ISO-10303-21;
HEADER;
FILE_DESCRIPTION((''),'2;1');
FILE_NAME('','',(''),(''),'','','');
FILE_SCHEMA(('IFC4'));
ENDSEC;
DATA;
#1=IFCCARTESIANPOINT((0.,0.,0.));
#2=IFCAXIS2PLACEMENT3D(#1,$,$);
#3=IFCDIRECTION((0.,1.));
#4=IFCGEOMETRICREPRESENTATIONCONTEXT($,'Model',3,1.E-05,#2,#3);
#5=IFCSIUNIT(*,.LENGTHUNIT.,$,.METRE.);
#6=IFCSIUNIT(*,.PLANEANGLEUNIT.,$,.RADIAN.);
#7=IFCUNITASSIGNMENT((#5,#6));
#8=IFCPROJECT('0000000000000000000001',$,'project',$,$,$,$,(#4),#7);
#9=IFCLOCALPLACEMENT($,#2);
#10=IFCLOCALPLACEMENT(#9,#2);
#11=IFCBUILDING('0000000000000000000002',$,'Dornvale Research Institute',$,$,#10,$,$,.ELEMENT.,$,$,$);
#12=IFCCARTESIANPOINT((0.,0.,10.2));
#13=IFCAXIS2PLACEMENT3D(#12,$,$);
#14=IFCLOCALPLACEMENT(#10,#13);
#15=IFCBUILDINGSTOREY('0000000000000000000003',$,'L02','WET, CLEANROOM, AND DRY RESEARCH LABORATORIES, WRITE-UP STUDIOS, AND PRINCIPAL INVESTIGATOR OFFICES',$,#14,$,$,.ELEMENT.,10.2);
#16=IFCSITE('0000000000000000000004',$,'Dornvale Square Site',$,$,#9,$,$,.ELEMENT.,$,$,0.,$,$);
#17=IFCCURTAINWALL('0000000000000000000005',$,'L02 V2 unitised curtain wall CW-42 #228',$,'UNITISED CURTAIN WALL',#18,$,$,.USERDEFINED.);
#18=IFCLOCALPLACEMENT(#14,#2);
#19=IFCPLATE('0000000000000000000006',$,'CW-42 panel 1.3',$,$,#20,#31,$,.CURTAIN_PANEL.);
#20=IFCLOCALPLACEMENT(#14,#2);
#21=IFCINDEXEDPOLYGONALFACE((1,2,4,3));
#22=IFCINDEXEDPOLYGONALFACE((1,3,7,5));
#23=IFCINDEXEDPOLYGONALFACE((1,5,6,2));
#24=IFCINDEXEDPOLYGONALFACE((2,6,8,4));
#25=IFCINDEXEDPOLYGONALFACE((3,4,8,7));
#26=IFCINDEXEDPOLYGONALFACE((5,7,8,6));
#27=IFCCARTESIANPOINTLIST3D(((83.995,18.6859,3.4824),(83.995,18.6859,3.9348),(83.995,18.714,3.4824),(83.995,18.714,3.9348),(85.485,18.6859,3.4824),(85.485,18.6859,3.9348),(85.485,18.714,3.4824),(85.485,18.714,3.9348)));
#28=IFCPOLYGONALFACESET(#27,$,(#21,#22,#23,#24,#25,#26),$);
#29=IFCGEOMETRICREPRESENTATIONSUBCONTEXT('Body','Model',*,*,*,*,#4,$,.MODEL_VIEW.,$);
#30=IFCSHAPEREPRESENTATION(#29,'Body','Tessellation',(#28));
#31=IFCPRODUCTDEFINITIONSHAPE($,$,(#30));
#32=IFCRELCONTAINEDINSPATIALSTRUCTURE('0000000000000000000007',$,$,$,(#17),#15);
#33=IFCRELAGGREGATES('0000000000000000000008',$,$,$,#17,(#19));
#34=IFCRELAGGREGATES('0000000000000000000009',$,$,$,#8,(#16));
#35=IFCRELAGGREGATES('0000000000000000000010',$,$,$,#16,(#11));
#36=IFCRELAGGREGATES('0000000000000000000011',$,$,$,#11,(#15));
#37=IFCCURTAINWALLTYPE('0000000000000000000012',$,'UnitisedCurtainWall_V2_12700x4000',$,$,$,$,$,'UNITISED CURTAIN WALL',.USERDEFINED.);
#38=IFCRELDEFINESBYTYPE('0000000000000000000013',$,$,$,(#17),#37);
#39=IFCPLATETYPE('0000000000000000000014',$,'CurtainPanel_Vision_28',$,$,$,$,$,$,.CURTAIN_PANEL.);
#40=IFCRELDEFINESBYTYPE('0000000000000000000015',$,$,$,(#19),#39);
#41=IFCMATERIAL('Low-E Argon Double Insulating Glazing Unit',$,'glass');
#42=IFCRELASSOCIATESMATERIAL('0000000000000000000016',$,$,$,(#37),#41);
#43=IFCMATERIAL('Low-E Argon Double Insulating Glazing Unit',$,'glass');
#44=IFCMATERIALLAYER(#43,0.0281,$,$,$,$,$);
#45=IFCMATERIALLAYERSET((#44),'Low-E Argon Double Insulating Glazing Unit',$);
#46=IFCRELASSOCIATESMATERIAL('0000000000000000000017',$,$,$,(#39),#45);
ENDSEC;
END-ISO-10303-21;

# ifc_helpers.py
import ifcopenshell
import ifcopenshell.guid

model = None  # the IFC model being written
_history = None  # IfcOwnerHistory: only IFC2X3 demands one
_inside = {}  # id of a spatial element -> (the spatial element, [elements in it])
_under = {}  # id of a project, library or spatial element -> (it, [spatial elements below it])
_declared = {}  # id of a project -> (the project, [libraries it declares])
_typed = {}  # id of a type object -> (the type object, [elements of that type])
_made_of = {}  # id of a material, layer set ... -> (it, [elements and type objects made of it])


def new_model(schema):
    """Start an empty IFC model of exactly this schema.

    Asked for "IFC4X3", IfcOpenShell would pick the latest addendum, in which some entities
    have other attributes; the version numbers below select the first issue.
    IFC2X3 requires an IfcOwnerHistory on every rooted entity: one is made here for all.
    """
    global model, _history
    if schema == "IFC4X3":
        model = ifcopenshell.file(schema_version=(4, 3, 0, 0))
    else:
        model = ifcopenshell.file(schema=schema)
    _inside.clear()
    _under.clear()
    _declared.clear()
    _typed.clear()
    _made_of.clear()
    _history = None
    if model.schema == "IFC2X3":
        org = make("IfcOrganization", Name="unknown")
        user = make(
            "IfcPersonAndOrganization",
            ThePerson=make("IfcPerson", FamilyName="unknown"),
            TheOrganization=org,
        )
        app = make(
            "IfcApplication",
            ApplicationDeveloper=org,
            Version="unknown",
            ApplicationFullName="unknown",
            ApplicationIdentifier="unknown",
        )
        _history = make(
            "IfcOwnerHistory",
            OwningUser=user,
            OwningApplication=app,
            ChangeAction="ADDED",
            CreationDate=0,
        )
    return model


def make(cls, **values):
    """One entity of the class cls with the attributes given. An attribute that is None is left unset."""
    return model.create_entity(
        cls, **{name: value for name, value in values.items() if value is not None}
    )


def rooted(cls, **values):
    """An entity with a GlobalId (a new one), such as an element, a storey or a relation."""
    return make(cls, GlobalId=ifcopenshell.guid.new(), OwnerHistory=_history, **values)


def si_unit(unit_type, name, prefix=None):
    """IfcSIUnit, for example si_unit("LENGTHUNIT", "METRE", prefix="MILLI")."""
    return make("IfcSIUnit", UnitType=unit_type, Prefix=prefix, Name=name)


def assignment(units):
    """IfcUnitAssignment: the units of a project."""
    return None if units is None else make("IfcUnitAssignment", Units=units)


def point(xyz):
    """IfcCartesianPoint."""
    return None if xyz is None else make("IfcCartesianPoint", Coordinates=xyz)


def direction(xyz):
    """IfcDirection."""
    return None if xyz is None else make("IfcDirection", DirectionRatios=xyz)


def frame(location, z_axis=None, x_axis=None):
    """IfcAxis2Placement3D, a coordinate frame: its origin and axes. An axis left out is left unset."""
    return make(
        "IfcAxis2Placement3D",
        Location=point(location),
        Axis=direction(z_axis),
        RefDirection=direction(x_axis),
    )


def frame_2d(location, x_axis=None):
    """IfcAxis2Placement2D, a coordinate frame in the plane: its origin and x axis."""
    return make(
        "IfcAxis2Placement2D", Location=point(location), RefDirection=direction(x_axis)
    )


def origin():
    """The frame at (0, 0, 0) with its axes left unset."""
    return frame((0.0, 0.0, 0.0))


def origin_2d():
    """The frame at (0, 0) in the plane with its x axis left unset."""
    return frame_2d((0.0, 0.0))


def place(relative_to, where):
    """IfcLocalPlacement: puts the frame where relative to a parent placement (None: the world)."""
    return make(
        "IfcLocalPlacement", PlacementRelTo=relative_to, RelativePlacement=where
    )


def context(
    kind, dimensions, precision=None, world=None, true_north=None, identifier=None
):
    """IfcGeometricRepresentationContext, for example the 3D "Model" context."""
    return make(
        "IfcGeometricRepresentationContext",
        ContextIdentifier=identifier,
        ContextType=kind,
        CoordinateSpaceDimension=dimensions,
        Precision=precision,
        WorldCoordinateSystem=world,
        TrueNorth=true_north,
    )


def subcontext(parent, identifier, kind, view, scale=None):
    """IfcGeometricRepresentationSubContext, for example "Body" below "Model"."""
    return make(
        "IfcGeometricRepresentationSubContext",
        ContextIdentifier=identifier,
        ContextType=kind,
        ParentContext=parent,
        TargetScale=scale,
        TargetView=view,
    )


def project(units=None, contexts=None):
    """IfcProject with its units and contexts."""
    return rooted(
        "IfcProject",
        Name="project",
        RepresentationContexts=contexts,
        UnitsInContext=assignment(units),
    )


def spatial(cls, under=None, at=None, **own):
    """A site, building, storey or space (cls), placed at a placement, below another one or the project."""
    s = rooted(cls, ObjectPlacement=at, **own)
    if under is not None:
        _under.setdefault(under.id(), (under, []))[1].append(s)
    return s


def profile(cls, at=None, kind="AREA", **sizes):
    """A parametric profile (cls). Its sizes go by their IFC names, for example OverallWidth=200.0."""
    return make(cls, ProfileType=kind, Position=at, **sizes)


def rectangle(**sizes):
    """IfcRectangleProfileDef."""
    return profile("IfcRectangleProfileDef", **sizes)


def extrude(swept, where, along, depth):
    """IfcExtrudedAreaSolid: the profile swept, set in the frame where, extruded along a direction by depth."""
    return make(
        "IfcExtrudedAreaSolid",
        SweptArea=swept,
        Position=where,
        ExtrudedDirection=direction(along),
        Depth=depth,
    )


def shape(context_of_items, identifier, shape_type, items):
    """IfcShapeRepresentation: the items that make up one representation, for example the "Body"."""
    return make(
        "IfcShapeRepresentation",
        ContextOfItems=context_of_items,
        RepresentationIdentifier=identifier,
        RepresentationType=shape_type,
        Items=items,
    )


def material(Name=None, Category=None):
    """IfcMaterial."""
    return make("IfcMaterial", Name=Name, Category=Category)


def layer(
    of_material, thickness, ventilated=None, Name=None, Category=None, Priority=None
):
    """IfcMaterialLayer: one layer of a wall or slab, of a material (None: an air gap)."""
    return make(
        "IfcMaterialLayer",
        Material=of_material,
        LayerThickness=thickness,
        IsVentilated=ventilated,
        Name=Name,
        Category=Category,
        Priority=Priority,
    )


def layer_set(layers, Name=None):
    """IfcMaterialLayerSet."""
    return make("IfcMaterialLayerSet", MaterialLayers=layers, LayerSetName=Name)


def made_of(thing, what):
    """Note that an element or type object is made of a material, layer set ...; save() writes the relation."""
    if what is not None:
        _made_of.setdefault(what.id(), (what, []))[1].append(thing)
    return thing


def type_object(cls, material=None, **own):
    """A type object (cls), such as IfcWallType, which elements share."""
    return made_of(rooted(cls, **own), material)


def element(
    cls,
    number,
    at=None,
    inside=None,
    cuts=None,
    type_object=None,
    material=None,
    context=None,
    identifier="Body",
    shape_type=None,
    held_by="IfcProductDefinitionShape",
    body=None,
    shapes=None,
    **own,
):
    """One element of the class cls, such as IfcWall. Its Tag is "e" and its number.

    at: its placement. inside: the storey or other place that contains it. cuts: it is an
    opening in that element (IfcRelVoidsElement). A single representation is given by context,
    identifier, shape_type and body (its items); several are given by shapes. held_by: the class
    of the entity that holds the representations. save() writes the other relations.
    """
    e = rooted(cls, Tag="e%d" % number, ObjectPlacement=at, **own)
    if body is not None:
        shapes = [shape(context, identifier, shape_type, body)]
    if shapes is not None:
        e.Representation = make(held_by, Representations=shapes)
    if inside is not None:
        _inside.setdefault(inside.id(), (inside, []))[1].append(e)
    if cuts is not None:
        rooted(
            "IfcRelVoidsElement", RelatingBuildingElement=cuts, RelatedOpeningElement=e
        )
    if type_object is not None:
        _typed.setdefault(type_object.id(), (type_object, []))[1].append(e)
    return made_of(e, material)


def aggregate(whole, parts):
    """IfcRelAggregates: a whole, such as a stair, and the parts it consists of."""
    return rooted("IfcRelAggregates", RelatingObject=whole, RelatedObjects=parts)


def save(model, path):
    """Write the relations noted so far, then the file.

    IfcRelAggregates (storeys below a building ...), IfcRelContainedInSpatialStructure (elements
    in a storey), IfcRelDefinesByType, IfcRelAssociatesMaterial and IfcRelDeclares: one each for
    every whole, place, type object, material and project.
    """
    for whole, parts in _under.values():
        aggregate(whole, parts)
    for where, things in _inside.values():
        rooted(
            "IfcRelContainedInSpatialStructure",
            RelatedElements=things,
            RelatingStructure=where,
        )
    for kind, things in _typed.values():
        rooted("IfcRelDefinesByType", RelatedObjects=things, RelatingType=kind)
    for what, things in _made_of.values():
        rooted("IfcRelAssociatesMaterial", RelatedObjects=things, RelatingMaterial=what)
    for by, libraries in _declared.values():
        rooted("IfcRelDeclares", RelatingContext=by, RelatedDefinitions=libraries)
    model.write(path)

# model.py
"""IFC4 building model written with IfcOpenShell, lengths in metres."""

from ifc_helpers import new_model, si_unit, direction, frame, origin, origin_2d, place, context, subcontext, project, spatial, rectangle, extrude, material, layer, layer_set, type_object, element, aggregate, save


model = new_model("IFC4")

# Units and contexts
model_context = context("Model", 3, precision=1e-05, world=origin(), true_north=direction((0.0, 1.0)))
body_context = subcontext(model_context, "Body", "Model", "MODEL_VIEW")
ifc_project = project(units=[si_unit("LENGTHUNIT", "METRE"), si_unit("PLANEANGLEUNIT", "RADIAN")], contexts=[model_context])

# Site, building, storey
site_placement = place(None, origin())
site = spatial("IfcSite", under=ifc_project, at=site_placement, Name="Dornvale Square Site", CompositionType="ELEMENT", RefElevation=0.0)
building_placement = place(site_placement, origin())
building = spatial("IfcBuilding", under=site, at=building_placement, Name="Dornvale Research Institute", CompositionType="ELEMENT")
storey_placement = place(building_placement, frame((0.0, 0.0, 10.2)))
storey = spatial("IfcBuildingStorey", under=building, at=storey_placement, Name="L02", Description="WET, CLEANROOM, AND DRY RESEARCH LABORATORIES, WRITE-UP STUDIOS, AND PRINCIPAL INVESTIGATOR OFFICES", CompositionType="ELEMENT", Elevation=10.2)

# Curtain wall
ifc_material_1 = material(Name="Low-E Argon Double Insulating Glazing Unit", Category="glass")
curtain_wall_type = type_object("IfcCurtainWallType", Name="UnitisedCurtainWall_V2_12700x4000", ElementType="UNITISED CURTAIN WALL", PredefinedType="USERDEFINED", material=ifc_material_1)
curtain_wall_1_placement = place(storey_placement, origin())
curtain_wall_1 = element("IfcCurtainWall", 1, at=curtain_wall_1_placement, inside=storey, type_object=curtain_wall_type, Name="L02 V2 unitised curtain wall CW-42 #228", ObjectType="UNITISED CURTAIN WALL", PredefinedType="USERDEFINED")

# Plate
ifc_material_2 = material(Name="Low-E Argon Double Insulating Glazing Unit", Category="glass")
ifc_layer_1 = layer(ifc_material_2, 0.0281)
ifc_layer_set_1 = layer_set([ifc_layer_1], Name="Low-E Argon Double Insulating Glazing Unit")
plate_type_1 = type_object("IfcPlateType", Name="CurtainPanel_Vision_28", PredefinedType="CURTAIN_PANEL", material=ifc_layer_set_1)
plate_1_placement = place(storey_placement, frame((84.74, 18.7, 3.4824), z_axis=(0.0, 0.0, 1.0), x_axis=(-1.0, 0.0, 0.0)))
plate_1 = element("IfcPlate", 2, at=plate_1_placement, type_object=plate_type_1, Name="CW-42 panel 1.3", PredefinedType="CURTAIN_PANEL", context=body_context, shape_type="SweptSolid", body=[
    extrude(rectangle(XDim=1.49, YDim=0.0281, at=origin_2d()), origin(), (0.0, 0.0, 1.0), 0.4524),
])
aggregate(curtain_wall_1, [plate_1])

save(model, "model.ifc")
